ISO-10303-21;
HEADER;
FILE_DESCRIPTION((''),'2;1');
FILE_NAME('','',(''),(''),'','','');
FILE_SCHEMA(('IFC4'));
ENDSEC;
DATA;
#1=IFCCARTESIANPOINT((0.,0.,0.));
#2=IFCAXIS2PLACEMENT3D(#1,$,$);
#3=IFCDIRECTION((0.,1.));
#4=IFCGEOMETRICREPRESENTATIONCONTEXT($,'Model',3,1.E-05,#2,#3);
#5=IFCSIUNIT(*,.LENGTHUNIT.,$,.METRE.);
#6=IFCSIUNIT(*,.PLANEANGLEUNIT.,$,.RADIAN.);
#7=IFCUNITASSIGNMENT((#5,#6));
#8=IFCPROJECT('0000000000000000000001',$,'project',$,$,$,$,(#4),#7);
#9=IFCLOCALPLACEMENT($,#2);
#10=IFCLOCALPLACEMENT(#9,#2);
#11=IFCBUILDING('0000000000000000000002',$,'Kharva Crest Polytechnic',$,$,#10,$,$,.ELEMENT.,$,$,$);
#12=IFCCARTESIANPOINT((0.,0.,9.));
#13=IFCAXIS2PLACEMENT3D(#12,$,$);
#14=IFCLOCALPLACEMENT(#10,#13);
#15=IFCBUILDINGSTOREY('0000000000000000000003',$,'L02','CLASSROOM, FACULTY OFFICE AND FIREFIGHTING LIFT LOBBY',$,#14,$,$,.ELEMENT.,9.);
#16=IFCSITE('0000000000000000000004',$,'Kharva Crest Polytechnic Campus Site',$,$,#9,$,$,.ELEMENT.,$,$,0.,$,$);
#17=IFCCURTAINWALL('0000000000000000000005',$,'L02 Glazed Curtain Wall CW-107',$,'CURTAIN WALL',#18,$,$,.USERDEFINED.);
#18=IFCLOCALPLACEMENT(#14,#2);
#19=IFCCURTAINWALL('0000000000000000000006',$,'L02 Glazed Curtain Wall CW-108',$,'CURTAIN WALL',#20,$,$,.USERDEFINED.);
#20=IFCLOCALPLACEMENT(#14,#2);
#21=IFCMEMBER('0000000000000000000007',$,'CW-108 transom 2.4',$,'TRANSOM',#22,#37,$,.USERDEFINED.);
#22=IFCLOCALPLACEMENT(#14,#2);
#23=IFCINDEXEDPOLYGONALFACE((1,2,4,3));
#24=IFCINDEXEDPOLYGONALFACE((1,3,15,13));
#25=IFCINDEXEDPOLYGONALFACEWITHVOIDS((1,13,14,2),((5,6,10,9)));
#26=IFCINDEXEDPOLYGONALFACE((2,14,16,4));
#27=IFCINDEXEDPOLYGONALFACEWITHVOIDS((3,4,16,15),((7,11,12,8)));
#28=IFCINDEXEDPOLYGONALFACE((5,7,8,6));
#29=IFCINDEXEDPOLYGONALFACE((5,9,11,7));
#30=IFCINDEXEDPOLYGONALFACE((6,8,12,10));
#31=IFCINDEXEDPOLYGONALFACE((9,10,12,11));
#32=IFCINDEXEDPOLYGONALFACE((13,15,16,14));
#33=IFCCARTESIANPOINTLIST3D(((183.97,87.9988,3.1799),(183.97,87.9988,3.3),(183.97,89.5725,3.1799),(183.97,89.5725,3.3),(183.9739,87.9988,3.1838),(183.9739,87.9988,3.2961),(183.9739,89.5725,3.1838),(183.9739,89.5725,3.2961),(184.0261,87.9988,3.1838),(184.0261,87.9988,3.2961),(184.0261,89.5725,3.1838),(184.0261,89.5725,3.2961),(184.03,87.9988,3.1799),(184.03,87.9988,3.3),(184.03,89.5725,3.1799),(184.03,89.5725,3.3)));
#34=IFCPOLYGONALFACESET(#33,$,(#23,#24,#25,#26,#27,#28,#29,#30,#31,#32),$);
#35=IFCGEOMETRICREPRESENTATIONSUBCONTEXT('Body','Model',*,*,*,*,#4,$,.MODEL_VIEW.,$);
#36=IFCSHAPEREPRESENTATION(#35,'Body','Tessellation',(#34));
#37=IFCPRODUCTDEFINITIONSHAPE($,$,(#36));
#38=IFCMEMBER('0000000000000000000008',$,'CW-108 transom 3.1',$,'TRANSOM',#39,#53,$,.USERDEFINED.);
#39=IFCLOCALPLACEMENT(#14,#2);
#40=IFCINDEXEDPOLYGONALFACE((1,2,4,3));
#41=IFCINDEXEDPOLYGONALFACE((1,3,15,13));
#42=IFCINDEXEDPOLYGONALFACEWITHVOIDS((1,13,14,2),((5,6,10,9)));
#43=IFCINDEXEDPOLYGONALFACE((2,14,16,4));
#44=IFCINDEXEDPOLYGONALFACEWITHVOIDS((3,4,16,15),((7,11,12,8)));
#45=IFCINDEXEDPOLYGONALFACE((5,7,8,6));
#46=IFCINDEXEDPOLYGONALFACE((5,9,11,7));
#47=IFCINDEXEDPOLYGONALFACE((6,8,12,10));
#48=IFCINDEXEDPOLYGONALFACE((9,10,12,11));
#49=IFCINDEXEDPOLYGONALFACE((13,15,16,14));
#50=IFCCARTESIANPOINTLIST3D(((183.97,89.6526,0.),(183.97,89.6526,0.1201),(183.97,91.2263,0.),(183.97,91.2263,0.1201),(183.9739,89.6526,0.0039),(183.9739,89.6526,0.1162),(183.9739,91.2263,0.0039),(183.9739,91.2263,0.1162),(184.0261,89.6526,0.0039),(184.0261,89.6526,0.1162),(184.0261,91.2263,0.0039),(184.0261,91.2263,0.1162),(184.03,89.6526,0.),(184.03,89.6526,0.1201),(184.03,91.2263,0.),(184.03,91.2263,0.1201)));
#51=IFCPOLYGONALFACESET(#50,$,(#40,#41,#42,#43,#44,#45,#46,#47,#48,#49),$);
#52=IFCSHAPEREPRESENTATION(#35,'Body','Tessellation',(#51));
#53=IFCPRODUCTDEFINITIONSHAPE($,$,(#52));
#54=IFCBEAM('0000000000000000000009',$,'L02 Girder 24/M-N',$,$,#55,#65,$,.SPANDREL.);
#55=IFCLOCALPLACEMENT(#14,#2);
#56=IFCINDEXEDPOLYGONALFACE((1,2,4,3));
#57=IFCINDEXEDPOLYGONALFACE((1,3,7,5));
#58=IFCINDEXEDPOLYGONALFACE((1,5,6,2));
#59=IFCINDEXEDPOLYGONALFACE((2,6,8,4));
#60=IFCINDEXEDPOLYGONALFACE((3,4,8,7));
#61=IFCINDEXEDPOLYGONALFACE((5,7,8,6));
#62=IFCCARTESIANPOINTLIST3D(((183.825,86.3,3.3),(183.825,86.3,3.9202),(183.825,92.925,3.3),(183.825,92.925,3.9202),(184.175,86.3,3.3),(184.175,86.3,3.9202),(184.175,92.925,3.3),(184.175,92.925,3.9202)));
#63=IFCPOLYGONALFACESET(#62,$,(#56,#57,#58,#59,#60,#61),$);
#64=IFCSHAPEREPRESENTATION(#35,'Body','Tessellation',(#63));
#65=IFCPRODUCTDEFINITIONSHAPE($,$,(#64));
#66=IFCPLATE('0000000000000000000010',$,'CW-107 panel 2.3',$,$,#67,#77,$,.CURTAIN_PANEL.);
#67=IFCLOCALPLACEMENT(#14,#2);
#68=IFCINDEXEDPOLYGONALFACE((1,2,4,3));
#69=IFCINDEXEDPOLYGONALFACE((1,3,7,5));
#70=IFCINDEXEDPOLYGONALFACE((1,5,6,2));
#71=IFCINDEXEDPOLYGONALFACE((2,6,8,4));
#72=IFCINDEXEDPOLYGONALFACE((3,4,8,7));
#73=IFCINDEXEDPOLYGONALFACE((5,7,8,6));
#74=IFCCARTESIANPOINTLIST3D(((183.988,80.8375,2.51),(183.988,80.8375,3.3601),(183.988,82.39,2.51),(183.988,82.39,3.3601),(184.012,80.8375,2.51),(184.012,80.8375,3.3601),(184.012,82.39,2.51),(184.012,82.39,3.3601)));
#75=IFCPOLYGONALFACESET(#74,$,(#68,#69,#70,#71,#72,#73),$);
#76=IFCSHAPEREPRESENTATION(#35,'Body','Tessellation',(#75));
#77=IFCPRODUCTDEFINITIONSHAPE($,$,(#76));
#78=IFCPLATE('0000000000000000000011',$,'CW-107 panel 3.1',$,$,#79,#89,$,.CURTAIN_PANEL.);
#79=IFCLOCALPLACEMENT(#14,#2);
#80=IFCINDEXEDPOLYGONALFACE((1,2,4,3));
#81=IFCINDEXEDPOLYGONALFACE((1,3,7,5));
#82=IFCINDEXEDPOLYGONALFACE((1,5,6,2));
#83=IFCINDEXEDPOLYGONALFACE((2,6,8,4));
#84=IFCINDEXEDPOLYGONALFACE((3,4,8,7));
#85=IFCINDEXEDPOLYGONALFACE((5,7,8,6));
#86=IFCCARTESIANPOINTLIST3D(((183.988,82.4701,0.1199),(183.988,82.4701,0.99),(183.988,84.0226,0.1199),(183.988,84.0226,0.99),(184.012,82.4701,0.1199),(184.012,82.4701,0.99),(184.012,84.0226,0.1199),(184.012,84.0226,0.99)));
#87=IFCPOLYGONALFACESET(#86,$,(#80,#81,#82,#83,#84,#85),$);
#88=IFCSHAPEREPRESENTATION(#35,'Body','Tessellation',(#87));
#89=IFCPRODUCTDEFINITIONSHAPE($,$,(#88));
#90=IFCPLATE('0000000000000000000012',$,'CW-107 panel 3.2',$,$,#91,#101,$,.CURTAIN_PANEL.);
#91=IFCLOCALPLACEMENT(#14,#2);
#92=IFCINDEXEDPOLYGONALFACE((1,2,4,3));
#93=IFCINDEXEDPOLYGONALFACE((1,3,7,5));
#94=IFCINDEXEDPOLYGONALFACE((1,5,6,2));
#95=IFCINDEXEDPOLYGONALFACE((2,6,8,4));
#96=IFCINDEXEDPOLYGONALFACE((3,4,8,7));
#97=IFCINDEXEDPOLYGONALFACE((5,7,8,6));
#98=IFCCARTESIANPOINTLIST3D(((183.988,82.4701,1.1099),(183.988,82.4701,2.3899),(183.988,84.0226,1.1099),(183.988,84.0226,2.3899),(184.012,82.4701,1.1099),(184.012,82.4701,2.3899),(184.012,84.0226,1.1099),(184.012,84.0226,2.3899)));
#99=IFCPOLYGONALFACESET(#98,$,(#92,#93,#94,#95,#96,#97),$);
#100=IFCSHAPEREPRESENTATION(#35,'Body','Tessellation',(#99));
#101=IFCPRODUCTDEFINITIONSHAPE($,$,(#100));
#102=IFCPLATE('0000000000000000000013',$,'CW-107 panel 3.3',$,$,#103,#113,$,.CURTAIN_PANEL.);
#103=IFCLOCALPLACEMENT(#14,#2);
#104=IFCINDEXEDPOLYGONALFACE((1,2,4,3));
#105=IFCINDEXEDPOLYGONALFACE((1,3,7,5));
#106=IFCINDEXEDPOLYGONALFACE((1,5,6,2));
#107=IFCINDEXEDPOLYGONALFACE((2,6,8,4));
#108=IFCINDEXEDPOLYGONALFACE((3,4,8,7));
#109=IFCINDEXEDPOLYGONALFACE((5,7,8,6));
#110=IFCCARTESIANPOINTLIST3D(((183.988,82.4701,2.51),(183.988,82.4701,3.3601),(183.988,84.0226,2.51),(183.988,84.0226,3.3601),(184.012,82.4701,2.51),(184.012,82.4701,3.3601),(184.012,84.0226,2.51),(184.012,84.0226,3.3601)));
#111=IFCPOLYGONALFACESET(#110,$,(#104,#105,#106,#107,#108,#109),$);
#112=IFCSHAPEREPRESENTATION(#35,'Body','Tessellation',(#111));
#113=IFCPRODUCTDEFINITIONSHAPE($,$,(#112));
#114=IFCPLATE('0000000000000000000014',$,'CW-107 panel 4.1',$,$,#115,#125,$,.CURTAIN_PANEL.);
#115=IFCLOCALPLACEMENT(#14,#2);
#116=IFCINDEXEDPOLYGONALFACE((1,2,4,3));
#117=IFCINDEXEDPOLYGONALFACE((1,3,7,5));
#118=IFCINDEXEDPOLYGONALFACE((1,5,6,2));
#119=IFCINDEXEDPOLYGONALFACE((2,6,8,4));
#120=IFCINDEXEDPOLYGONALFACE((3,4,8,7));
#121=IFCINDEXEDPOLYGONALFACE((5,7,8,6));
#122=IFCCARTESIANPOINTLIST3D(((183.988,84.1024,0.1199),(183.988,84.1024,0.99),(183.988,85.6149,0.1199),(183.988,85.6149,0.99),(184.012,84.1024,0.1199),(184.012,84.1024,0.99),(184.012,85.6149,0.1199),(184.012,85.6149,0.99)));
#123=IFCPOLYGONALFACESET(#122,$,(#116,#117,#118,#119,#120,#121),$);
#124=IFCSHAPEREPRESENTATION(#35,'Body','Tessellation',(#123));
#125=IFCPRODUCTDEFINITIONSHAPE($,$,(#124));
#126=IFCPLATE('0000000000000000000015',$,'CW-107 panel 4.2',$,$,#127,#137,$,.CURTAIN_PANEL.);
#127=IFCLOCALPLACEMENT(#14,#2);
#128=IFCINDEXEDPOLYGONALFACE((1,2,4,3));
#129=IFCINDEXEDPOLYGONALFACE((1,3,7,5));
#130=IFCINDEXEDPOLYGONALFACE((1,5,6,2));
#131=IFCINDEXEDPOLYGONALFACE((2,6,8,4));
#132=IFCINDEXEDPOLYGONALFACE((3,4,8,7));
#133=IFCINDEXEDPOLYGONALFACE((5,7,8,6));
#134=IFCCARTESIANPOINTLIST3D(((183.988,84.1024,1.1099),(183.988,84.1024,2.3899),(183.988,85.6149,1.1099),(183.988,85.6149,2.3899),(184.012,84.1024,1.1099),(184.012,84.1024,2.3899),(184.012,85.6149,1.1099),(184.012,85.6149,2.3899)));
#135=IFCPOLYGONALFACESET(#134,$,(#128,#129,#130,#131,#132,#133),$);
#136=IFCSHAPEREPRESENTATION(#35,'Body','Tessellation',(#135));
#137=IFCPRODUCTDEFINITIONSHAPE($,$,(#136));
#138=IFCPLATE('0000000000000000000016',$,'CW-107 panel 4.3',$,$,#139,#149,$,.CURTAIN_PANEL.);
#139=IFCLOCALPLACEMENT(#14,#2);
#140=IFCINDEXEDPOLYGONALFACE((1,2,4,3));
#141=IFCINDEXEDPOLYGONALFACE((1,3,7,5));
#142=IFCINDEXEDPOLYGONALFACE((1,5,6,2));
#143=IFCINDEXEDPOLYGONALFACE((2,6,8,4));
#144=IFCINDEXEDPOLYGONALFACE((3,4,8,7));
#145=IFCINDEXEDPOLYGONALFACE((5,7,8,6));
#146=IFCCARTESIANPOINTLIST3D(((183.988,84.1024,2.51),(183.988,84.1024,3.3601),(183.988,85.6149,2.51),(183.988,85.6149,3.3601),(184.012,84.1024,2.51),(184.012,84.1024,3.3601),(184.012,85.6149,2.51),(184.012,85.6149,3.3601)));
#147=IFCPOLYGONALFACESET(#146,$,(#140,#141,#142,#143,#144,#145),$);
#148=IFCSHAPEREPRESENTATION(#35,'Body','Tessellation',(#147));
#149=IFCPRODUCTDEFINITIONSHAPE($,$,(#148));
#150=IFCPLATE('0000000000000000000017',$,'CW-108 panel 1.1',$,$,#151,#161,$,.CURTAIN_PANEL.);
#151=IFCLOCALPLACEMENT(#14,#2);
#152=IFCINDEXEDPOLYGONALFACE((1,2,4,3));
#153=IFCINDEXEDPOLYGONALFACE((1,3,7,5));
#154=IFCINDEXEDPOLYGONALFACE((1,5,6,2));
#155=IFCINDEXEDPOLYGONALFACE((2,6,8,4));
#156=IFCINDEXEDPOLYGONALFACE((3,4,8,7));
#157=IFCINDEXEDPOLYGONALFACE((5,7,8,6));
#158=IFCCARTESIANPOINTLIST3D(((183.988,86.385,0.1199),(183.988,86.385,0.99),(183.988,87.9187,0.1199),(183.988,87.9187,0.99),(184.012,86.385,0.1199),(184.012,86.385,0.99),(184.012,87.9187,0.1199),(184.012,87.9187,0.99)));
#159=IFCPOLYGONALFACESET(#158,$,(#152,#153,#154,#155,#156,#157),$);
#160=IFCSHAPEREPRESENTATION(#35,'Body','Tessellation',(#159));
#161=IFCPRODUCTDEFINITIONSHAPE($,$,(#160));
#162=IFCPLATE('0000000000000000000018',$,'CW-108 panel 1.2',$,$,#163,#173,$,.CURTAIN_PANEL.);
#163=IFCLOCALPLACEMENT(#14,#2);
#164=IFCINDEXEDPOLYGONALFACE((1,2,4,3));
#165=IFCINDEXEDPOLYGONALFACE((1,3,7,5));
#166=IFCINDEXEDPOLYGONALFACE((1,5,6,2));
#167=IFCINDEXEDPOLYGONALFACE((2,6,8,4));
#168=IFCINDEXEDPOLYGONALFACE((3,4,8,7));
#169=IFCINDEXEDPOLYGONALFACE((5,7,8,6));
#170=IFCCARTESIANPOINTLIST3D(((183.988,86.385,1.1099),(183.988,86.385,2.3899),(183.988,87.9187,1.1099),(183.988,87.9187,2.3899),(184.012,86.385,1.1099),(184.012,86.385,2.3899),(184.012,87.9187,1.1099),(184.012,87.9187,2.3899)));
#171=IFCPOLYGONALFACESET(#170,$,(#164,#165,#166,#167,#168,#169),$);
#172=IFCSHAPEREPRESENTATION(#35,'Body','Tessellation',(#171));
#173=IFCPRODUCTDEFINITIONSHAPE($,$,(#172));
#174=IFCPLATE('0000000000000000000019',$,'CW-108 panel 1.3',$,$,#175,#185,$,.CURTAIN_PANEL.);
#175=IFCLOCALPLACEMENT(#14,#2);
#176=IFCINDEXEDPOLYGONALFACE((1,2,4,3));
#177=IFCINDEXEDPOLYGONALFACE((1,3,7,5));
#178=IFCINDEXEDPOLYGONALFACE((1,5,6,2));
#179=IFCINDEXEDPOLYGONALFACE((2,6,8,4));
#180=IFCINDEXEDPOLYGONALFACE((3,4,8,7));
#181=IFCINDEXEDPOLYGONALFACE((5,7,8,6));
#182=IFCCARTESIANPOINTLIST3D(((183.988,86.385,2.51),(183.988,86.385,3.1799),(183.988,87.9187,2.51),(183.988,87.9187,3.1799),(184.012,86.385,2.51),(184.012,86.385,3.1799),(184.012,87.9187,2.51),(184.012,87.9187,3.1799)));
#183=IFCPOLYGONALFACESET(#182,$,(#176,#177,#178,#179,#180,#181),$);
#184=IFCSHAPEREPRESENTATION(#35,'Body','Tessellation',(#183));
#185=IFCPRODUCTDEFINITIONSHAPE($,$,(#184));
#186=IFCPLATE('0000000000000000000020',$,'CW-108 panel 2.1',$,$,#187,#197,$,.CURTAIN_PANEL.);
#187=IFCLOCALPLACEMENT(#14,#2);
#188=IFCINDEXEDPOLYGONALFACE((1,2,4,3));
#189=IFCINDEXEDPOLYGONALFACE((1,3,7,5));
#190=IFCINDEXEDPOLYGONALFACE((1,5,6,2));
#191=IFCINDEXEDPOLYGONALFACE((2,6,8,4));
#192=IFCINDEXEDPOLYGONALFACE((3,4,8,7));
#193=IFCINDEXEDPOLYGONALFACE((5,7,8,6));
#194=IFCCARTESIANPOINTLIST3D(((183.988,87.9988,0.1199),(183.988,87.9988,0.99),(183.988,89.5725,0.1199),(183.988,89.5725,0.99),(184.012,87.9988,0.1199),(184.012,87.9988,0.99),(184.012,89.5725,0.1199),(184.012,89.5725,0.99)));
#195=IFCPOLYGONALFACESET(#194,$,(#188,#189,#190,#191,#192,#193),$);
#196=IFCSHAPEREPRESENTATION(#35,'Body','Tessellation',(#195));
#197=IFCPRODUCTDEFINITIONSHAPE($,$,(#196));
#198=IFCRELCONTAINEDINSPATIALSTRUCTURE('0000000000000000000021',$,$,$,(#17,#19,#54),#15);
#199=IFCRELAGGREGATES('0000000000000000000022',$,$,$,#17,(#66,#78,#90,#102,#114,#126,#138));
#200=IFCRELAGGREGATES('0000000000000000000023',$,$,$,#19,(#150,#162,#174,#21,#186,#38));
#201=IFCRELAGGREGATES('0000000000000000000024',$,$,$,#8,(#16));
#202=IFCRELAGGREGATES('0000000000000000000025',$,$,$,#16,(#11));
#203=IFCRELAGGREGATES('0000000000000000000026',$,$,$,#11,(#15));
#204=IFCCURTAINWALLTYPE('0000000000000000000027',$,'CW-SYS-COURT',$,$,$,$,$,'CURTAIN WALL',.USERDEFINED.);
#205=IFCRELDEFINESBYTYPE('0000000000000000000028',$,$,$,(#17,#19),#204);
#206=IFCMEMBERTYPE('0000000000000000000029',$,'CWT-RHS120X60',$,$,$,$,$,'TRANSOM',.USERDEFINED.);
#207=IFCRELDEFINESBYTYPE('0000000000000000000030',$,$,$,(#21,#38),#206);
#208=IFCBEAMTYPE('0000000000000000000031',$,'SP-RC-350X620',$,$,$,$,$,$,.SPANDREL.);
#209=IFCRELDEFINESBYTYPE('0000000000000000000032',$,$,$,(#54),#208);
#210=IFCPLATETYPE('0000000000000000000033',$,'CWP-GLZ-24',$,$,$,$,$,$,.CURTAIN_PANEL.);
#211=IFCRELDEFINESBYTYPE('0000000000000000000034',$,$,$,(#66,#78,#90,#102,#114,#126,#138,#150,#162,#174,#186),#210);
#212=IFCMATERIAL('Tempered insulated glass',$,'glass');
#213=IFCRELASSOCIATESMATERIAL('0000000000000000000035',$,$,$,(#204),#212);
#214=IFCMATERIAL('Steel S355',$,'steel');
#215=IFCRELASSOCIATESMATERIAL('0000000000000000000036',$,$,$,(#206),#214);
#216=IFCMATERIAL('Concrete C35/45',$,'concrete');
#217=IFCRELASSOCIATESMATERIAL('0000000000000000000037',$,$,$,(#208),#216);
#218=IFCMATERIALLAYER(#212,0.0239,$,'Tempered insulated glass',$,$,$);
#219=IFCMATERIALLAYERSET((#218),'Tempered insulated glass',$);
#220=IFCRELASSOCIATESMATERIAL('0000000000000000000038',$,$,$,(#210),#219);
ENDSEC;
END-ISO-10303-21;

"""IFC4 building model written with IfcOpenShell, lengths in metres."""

from ifc_helpers import new_model, si_unit, direction, frame, origin, origin_2d, place, context, subcontext, project, spatial, rectangle, hollow_rectangle, extrude, material, layer, layer_set, material_profile, profile_set, type_object, element, aggregate, save


model = new_model("IFC4")

# Units and contexts
model_context = context("Model", 3, precision=1e-05, world=origin(), true_north=direction((0.0, 1.0)))
body_context = subcontext(model_context, "Body", "Model", "MODEL_VIEW")
ifc_project = project(units=[si_unit("LENGTHUNIT", "METRE"), si_unit("PLANEANGLEUNIT", "RADIAN")], contexts=[model_context])

# Site, building, storey
site_placement = place(None, origin())
site = spatial("IfcSite", under=ifc_project, at=site_placement, Name="Kharva Crest Polytechnic Campus Site", CompositionType="ELEMENT", RefElevation=0.0)
building_placement = place(site_placement, origin())
building = spatial("IfcBuilding", under=site, at=building_placement, Name="Kharva Crest Polytechnic", CompositionType="ELEMENT")
storey_placement = place(building_placement, frame((0.0, 0.0, 9.0)))
storey = spatial("IfcBuildingStorey", under=building, at=storey_placement, Name="L02", Description="CLASSROOM, FACULTY OFFICE AND FIREFIGHTING LIFT LOBBY", CompositionType="ELEMENT", Elevation=9.0)

# Curtain walls
ifc_material_1 = material(Name="Tempered insulated glass", Category="glass")
curtain_wall_type = type_object("IfcCurtainWallType", Name="CW-SYS-COURT", ElementType="CURTAIN WALL", PredefinedType="USERDEFINED", material=ifc_material_1)
curtain_wall_1_placement = place(storey_placement, origin())
curtain_wall_1 = element("IfcCurtainWall", 1, at=curtain_wall_1_placement, inside=storey, type_object=curtain_wall_type, Name="L02 Glazed Curtain Wall CW-107", ObjectType="CURTAIN WALL", PredefinedType="USERDEFINED")
ifc_material_2 = material(Name="Steel S355", Category="steel")
curtain_wall_2_placement = place(storey_placement, origin())
curtain_wall_2 = element("IfcCurtainWall", 2, at=curtain_wall_2_placement, inside=storey, type_object=curtain_wall_type, Name="L02 Glazed Curtain Wall CW-108", ObjectType="CURTAIN WALL", PredefinedType="USERDEFINED")

# Members
ifc_material_profile_1 = material_profile(ifc_material_2, hollow_rectangle(XDim=0.0601, YDim=0.1201, WallThickness=0.0039, at=origin_2d()), Name="RHS 120X60X4.0")
ifc_profile_set_1 = profile_set([ifc_material_profile_1], Name="Steel S355")
member_type_1 = type_object("IfcMemberType", Name="CWT-RHS120X60", ElementType="TRANSOM", PredefinedType="USERDEFINED", material=ifc_profile_set_1)
member_1_placement = place(storey_placement, frame((184.0, 87.9988, 3.24), z_axis=(0.0, 1.0, 0.0), x_axis=(-1.0, 0.0, 0.0)))
member_1 = element("IfcMember", 3, at=member_1_placement, type_object=member_type_1, Name="CW-108 transom 2.4", ObjectType="TRANSOM", PredefinedType="USERDEFINED", context=body_context, shape_type="SweptSolid", body=[
    extrude(hollow_rectangle(XDim=0.0601, YDim=0.1201, WallThickness=0.0039, at=origin_2d()), origin(), (0.0, 0.0, 1.0), 1.5737),
])
member_2_placement = place(storey_placement, frame((184.0, 89.6526, 0.0601), z_axis=(0.0, 1.0, 0.0), x_axis=(-1.0, 0.0, 0.0)))
member_2 = element("IfcMember", 4, at=member_2_placement, type_object=member_type_1, Name="CW-108 transom 3.1", ObjectType="TRANSOM", PredefinedType="USERDEFINED", context=body_context, shape_type="SweptSolid", body=[
    extrude(hollow_rectangle(XDim=0.0601, YDim=0.1201, WallThickness=0.0039, at=origin_2d()), origin(), (0.0, 0.0, 1.0), 1.5737),
])

# Beam
ifc_material_3 = material(Name="Concrete C35/45", Category="concrete")
ifc_material_profile_2 = material_profile(ifc_material_3, rectangle(XDim=0.3501, YDim=0.6201, at=origin_2d()), Name="RECT 350 X 620")
ifc_profile_set_2 = profile_set([ifc_material_profile_2], Name="Concrete C35/45")
beam_type = type_object("IfcBeamType", Name="SP-RC-350X620", PredefinedType="SPANDREL", material=ifc_profile_set_2)
beam_placement = place(storey_placement, frame((184.0, 86.3, 3.6101), z_axis=(0.0, 1.0, 0.0), x_axis=(-1.0, 0.0, 0.0)))
element("IfcBeam", 5, at=beam_placement, inside=storey, type_object=beam_type, Name="L02 Girder 24/M-N", PredefinedType="SPANDREL", context=body_context, shape_type="SweptSolid", body=[
    extrude(rectangle(XDim=0.3501, YDim=0.6201, at=origin_2d()), origin(), (0.0, 0.0, 1.0), 6.625),
])

# Plates
ifc_layer = layer(ifc_material_1, 0.0239, Name="Tempered insulated glass")
ifc_layer_set = layer_set([ifc_layer], Name="Tempered insulated glass")
plate_type = type_object("IfcPlateType", Name="CWP-GLZ-24", PredefinedType="CURTAIN_PANEL", material=ifc_layer_set)
plate_1_placement = place(storey_placement, frame((184.0, 81.6138, 2.51), z_axis=(0.0, 0.0, 1.0), x_axis=(0.0, 1.0, 0.0)))
plate_1 = element("IfcPlate", 6, at=plate_1_placement, type_object=plate_type, Name="CW-107 panel 2.3", PredefinedType="CURTAIN_PANEL", context=body_context, shape_type="SweptSolid", body=[
    extrude(rectangle(XDim=1.5525, YDim=0.0239, at=origin_2d()), origin(), (0.0, 0.0, 1.0), 0.8501),
])
plate_2_placement = place(storey_placement, frame((184.0, 83.2463, 0.1199), z_axis=(0.0, 0.0, 1.0), x_axis=(0.0, 1.0, 0.0)))
plate_2 = element("IfcPlate", 7, at=plate_2_placement, type_object=plate_type, Name="CW-107 panel 3.1", PredefinedType="CURTAIN_PANEL", context=body_context, shape_type="SweptSolid", body=[
    extrude(rectangle(XDim=1.5525, YDim=0.0239, at=origin_2d()), origin(), (0.0, 0.0, 1.0), 0.8701),
])
plate_3_placement = place(storey_placement, frame((184.0, 83.2463, 1.1099), z_axis=(0.0, 0.0, 1.0), x_axis=(0.0, 1.0, 0.0)))
plate_3 = element("IfcPlate", 8, at=plate_3_placement, type_object=plate_type, Name="CW-107 panel 3.2", PredefinedType="CURTAIN_PANEL", context=body_context, shape_type="SweptSolid", body=[
    extrude(rectangle(XDim=1.5525, YDim=0.0239, at=origin_2d()), origin(), (0.0, 0.0, 1.0), 1.28),
])
plate_4_placement = place(storey_placement, frame((184.0, 83.2463, 2.51), z_axis=(0.0, 0.0, 1.0), x_axis=(0.0, 1.0, 0.0)))
plate_4 = element("IfcPlate", 9, at=plate_4_placement, type_object=plate_type, Name="CW-107 panel 3.3", PredefinedType="CURTAIN_PANEL", context=body_context, shape_type="SweptSolid", body=[
    extrude(rectangle(XDim=1.5525, YDim=0.0239, at=origin_2d()), origin(), (0.0, 0.0, 1.0), 0.8501),
])
plate_5_placement = place(storey_placement, frame((184.0, 84.8586, 0.1199), z_axis=(0.0, 0.0, 1.0), x_axis=(0.0, 1.0, 0.0)))
plate_5 = element("IfcPlate", 10, at=plate_5_placement, type_object=plate_type, Name="CW-107 panel 4.1", PredefinedType="CURTAIN_PANEL", context=body_context, shape_type="SweptSolid", body=[
    extrude(rectangle(XDim=1.5125, YDim=0.0239, at=origin_2d()), origin(), (0.0, 0.0, 1.0), 0.8701),
])
plate_6_placement = place(storey_placement, frame((184.0, 84.8586, 1.1099), z_axis=(0.0, 0.0, 1.0), x_axis=(0.0, 1.0, 0.0)))
plate_6 = element("IfcPlate", 11, at=plate_6_placement, type_object=plate_type, Name="CW-107 panel 4.2", PredefinedType="CURTAIN_PANEL", context=body_context, shape_type="SweptSolid", body=[
    extrude(rectangle(XDim=1.5125, YDim=0.0239, at=origin_2d()), origin(), (0.0, 0.0, 1.0), 1.28),
])
plate_7_placement = place(storey_placement, frame((184.0, 84.8586, 2.51), z_axis=(0.0, 0.0, 1.0), x_axis=(0.0, 1.0, 0.0)))
plate_7 = element("IfcPlate", 12, at=plate_7_placement, type_object=plate_type, Name="CW-107 panel 4.3", PredefinedType="CURTAIN_PANEL", context=body_context, shape_type="SweptSolid", body=[
    extrude(rectangle(XDim=1.5125, YDim=0.0239, at=origin_2d()), origin(), (0.0, 0.0, 1.0), 0.8501),
])
aggregate(curtain_wall_1, [plate_1, plate_2, plate_3, plate_4, plate_5, plate_6, plate_7])
plate_8_placement = place(storey_placement, frame((184.0, 87.1519, 0.1199), z_axis=(0.0, 0.0, 1.0), x_axis=(0.0, 1.0, 0.0)))
plate_8 = element("IfcPlate", 13, at=plate_8_placement, type_object=plate_type, Name="CW-108 panel 1.1", PredefinedType="CURTAIN_PANEL", context=body_context, shape_type="SweptSolid", body=[
    extrude(rectangle(XDim=1.5337, YDim=0.0239, at=origin_2d()), origin(), (0.0, 0.0, 1.0), 0.8701),
])
plate_9_placement = place(storey_placement, frame((184.0, 87.1519, 1.1099), z_axis=(0.0, 0.0, 1.0), x_axis=(0.0, 1.0, 0.0)))
plate_9 = element("IfcPlate", 14, at=plate_9_placement, type_object=plate_type, Name="CW-108 panel 1.2", PredefinedType="CURTAIN_PANEL", context=body_context, shape_type="SweptSolid", body=[
    extrude(rectangle(XDim=1.5337, YDim=0.0239, at=origin_2d()), origin(), (0.0, 0.0, 1.0), 1.28),
])
plate_10_placement = place(storey_placement, frame((184.0, 87.1519, 2.51), z_axis=(0.0, 0.0, 1.0), x_axis=(0.0, 1.0, 0.0)))
plate_10 = element("IfcPlate", 15, at=plate_10_placement, type_object=plate_type, Name="CW-108 panel 1.3", PredefinedType="CURTAIN_PANEL", context=body_context, shape_type="SweptSolid", body=[
    extrude(rectangle(XDim=1.5337, YDim=0.0239, at=origin_2d()), origin(), (0.0, 0.0, 1.0), 0.6699),
])
plate_11_placement = place(storey_placement, frame((184.0, 88.7856, 0.1199), z_axis=(0.0, 0.0, 1.0), x_axis=(0.0, 1.0, 0.0)))
plate_11 = element("IfcPlate", 16, at=plate_11_placement, type_object=plate_type, Name="CW-108 panel 2.1", PredefinedType="CURTAIN_PANEL", context=body_context, shape_type="SweptSolid", body=[
    extrude(rectangle(XDim=1.5737, YDim=0.0239, at=origin_2d()), origin(), (0.0, 0.0, 1.0), 0.8701),
])
aggregate(curtain_wall_2, [plate_8, plate_9, plate_10, member_1, plate_11, member_2])

save(model, "model.ifc")
